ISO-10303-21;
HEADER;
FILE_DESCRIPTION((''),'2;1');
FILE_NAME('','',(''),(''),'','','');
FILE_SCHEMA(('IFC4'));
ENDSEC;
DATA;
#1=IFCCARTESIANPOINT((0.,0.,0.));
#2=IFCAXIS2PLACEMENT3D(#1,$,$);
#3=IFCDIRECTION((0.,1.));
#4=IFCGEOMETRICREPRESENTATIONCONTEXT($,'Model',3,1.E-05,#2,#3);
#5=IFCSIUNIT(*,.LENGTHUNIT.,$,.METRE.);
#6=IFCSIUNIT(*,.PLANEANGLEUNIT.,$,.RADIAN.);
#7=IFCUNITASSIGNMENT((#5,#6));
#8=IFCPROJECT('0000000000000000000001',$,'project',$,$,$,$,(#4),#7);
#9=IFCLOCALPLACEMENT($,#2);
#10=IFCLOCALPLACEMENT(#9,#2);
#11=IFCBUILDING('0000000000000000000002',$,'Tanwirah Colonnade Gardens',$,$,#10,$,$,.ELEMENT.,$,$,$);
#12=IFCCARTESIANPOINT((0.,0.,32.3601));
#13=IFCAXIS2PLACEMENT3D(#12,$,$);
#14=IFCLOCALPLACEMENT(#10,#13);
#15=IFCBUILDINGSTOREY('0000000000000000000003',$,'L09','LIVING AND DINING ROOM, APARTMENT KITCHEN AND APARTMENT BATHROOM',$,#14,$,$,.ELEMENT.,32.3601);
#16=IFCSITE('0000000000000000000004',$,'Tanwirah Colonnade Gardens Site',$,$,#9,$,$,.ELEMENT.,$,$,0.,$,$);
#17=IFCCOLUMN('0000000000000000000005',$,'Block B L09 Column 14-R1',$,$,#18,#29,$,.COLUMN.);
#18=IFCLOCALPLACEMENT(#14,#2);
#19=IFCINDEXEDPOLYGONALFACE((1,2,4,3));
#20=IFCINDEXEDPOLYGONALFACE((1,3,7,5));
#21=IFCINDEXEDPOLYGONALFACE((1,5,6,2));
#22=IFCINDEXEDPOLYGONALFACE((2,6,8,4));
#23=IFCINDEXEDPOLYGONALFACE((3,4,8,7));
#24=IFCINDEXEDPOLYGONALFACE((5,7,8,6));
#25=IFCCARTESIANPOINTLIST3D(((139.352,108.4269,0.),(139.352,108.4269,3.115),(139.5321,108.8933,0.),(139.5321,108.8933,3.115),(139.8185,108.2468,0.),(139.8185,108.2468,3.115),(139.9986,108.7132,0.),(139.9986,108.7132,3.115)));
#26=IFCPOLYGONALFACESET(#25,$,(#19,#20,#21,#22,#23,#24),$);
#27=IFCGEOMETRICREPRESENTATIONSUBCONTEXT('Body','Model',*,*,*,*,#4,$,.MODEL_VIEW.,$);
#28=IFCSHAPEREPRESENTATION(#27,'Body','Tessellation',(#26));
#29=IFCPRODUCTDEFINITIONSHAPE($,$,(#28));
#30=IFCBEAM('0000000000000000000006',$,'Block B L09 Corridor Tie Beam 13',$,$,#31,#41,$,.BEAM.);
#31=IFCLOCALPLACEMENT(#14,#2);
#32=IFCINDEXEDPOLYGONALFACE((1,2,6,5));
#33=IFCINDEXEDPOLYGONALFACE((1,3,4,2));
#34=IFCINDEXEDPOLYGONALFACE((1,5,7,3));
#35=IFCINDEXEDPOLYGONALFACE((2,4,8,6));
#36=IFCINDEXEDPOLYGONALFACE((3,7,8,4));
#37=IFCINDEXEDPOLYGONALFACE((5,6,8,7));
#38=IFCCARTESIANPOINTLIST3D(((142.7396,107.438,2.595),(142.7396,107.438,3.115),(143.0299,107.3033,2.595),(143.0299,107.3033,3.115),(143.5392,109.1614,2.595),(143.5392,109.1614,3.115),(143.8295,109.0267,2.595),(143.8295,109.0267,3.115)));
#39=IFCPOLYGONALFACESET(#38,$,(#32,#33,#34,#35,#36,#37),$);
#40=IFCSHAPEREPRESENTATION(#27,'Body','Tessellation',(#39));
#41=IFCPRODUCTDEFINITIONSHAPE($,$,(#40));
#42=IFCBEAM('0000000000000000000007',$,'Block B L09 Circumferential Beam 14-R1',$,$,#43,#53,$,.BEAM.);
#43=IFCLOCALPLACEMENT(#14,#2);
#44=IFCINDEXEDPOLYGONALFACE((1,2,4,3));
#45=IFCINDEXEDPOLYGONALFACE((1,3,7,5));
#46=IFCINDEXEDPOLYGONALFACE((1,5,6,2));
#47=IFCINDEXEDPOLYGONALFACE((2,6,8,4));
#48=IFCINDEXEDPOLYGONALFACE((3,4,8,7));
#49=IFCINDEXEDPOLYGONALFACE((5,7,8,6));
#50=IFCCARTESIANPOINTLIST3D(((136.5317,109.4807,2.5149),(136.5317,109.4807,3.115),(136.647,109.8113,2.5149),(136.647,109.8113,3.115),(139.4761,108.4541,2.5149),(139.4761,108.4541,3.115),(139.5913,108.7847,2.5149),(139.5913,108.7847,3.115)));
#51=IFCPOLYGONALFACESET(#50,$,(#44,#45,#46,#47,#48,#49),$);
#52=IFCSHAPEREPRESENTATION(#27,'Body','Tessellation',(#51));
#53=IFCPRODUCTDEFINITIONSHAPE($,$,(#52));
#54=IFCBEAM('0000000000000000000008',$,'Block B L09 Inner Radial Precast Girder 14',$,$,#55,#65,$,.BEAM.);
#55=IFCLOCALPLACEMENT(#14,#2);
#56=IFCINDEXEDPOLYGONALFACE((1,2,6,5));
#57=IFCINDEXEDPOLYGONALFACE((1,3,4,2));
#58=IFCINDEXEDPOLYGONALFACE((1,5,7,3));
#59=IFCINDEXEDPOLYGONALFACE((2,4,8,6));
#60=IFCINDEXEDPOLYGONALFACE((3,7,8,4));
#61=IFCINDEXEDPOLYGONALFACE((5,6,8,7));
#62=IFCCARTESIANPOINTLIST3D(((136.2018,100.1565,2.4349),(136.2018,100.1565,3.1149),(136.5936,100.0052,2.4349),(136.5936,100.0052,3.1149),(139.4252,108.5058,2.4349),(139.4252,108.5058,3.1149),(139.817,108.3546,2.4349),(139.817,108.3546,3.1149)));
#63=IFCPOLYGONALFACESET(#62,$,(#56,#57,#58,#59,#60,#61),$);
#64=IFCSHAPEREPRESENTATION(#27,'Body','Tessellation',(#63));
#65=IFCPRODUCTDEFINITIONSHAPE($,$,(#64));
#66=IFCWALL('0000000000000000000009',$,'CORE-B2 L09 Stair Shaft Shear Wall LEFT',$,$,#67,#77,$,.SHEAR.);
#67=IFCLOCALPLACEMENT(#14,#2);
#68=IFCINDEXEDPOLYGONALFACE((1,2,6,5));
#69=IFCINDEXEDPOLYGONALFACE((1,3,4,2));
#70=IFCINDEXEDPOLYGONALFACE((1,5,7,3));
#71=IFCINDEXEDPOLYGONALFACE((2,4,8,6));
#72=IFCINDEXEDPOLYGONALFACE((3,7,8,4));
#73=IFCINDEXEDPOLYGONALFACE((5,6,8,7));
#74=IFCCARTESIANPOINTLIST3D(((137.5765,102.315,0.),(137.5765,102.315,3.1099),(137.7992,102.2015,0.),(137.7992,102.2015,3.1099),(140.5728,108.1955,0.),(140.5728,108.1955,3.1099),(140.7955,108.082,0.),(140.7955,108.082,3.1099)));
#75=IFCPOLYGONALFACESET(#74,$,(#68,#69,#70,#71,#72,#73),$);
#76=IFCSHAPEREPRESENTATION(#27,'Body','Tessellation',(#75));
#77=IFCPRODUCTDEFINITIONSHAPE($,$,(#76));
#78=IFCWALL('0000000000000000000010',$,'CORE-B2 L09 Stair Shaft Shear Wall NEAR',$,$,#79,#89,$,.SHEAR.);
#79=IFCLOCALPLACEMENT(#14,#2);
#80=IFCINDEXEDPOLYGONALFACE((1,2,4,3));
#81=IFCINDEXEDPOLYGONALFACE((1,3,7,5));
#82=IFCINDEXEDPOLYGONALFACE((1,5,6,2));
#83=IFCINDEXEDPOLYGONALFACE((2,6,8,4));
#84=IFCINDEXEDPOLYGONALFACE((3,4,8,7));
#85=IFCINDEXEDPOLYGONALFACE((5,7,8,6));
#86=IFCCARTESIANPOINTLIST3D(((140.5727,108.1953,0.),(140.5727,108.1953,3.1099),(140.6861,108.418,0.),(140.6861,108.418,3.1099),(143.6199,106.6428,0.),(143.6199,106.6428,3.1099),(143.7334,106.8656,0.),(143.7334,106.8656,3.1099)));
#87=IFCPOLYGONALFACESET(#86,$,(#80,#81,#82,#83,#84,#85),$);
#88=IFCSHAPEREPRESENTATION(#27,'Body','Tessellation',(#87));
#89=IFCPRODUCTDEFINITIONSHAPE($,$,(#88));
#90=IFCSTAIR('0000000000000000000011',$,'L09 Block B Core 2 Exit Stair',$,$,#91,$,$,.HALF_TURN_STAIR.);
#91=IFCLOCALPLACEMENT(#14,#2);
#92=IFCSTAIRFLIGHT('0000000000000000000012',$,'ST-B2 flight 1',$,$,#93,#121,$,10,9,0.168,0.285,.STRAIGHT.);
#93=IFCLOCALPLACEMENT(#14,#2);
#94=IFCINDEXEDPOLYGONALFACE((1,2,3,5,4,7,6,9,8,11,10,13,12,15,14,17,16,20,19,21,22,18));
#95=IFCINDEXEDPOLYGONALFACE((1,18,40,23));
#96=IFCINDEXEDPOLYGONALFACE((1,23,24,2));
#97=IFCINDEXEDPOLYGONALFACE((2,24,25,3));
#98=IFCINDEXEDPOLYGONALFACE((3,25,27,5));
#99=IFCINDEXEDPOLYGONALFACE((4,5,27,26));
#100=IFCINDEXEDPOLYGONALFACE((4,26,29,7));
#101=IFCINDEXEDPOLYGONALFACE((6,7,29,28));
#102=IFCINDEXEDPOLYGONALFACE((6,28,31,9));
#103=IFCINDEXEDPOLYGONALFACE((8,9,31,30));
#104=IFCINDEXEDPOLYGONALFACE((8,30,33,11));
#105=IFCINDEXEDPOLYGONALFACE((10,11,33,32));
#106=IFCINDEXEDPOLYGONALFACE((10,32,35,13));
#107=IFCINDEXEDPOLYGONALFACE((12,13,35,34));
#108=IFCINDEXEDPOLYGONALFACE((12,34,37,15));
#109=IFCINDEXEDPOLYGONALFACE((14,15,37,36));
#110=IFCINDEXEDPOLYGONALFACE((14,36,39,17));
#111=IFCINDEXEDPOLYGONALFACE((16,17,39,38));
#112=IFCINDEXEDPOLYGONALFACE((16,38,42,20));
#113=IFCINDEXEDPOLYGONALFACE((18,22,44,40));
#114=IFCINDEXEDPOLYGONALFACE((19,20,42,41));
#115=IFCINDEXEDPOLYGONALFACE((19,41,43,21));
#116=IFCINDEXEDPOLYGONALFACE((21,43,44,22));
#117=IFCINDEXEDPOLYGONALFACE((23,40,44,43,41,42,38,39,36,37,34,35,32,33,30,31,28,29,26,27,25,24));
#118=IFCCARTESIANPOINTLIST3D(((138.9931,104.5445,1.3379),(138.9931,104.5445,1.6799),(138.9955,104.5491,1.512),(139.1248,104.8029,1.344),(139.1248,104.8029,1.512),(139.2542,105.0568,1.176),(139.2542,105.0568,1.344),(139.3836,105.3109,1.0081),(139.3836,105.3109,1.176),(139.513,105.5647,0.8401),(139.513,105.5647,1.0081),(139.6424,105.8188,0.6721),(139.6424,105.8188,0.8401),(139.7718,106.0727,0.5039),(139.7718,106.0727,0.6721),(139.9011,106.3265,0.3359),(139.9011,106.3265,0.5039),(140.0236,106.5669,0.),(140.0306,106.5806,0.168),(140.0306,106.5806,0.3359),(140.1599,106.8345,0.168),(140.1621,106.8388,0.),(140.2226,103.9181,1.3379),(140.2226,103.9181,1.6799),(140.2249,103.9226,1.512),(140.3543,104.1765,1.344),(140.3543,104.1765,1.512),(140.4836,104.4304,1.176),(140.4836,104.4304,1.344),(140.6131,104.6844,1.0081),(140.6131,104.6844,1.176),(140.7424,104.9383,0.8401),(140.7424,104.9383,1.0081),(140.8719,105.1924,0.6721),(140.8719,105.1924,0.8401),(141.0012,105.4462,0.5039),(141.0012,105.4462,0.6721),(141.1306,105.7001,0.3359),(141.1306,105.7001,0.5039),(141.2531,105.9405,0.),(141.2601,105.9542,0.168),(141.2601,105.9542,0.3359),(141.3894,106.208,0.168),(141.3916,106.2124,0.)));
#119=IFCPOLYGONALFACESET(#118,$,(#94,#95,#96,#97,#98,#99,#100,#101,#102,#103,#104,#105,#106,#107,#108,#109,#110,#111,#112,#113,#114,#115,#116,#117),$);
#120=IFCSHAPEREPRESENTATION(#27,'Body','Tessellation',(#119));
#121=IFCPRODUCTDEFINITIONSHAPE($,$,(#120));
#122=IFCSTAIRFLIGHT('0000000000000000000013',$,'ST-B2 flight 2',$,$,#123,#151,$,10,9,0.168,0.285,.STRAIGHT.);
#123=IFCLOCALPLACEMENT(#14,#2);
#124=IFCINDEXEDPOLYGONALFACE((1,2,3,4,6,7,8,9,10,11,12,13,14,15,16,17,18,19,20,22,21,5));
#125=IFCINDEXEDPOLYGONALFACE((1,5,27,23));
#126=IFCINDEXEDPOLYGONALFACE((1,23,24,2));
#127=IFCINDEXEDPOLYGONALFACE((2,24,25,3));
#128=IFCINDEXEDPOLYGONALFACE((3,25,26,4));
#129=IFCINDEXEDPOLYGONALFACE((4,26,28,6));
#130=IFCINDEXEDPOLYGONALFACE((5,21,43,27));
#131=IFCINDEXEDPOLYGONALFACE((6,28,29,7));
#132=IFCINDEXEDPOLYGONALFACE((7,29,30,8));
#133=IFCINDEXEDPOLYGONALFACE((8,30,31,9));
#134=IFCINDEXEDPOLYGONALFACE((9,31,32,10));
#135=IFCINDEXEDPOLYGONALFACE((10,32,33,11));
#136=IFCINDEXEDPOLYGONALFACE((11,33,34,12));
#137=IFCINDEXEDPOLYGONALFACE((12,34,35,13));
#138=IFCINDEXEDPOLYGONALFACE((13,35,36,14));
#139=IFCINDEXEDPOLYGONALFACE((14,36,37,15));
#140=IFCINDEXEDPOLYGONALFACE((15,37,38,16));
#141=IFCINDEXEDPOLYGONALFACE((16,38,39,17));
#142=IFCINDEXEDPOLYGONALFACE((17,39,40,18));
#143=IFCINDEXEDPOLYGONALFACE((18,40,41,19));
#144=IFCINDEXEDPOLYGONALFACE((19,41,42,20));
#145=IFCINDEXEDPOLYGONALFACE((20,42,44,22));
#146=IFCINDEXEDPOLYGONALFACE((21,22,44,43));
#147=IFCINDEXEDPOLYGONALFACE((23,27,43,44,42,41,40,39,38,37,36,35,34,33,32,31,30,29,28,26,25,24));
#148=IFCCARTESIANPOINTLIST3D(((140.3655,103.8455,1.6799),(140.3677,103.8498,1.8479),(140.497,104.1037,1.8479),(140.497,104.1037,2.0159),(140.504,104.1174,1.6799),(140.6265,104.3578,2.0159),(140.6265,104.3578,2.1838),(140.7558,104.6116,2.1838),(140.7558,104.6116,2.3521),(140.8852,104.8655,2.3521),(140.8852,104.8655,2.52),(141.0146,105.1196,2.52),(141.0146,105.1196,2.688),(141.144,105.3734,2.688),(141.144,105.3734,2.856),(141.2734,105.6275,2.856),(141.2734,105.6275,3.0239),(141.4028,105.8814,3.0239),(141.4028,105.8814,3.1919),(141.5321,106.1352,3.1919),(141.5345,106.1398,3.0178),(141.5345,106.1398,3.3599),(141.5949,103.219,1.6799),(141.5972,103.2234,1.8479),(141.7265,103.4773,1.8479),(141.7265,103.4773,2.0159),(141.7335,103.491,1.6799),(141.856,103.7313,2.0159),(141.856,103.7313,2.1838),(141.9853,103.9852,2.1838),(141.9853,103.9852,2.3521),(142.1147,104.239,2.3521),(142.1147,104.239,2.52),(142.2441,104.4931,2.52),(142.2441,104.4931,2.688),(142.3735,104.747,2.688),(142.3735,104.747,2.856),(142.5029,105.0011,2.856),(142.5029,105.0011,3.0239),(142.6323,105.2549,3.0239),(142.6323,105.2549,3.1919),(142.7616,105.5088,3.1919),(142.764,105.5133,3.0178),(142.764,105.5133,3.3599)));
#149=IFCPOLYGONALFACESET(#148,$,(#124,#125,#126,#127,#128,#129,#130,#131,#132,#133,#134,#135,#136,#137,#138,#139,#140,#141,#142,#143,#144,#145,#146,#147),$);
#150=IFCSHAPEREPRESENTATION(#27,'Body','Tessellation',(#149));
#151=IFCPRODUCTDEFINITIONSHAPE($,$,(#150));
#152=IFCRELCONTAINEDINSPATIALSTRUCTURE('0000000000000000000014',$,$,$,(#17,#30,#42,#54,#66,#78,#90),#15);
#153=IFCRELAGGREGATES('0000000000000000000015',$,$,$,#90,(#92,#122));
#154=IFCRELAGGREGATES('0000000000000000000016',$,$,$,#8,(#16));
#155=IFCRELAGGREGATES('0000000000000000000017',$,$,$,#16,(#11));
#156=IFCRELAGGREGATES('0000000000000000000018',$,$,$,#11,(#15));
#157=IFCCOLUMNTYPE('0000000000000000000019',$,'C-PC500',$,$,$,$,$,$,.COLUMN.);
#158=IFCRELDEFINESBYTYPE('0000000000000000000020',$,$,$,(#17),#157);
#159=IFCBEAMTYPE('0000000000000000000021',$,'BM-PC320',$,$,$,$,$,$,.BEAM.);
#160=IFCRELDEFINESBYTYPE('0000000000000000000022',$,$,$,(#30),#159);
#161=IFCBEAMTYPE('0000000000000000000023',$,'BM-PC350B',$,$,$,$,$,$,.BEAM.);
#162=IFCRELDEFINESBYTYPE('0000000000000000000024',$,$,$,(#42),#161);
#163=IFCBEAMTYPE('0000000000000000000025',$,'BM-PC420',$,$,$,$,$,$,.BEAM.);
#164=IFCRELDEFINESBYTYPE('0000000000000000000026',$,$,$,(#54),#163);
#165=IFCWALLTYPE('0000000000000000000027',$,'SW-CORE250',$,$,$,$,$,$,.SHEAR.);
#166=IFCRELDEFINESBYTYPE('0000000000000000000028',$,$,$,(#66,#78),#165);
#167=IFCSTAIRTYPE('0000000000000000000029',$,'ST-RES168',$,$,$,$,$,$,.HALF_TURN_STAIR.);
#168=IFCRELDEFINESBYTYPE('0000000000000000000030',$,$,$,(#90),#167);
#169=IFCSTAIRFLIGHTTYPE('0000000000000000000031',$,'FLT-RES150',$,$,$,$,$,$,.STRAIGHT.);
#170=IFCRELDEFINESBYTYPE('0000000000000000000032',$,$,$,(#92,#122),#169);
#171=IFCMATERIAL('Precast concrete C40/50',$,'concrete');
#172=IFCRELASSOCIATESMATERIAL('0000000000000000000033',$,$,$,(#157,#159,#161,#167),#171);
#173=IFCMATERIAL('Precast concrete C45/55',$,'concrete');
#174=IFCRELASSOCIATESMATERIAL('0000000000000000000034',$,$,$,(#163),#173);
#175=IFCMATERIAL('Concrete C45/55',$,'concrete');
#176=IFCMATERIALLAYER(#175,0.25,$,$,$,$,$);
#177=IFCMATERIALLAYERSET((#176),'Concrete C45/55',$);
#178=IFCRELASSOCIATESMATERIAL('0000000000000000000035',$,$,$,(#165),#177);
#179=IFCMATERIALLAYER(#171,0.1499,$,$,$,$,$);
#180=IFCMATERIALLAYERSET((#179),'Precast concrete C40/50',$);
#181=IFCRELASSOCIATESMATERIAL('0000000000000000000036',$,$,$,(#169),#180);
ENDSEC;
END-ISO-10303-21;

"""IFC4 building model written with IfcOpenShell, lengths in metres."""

from ifc_helpers import new_model, si_unit, direction, frame, frame_2d, origin, origin_2d, place, context, subcontext, project, spatial, polyline, rectangle, outline, extrude, material, layer, layer_set, material_profile, profile_set, type_object, element, aggregate, save


model = new_model("IFC4")

# Units and contexts
model_context = context("Model", 3, precision=1e-05, world=origin(), true_north=direction((0.0, 1.0)))
body_context = subcontext(model_context, "Body", "Model", "MODEL_VIEW")
ifc_project = project(units=[si_unit("LENGTHUNIT", "METRE"), si_unit("PLANEANGLEUNIT", "RADIAN")], contexts=[model_context])

# Site, building, storey
site_placement = place(None, origin())
site = spatial("IfcSite", under=ifc_project, at=site_placement, Name="Tanwirah Colonnade Gardens Site", CompositionType="ELEMENT", RefElevation=0.0)
building_placement = place(site_placement, origin())
building = spatial("IfcBuilding", under=site, at=building_placement, Name="Tanwirah Colonnade Gardens", CompositionType="ELEMENT")
storey_placement = place(building_placement, frame((0.0, 0.0, 32.3601)))
storey = spatial("IfcBuildingStorey", under=building, at=storey_placement, Name="L09", Description="LIVING AND DINING ROOM, APARTMENT KITCHEN AND APARTMENT BATHROOM", CompositionType="ELEMENT", Elevation=32.3601)

# Column
ifc_material_1 = material(Name="Precast concrete C40/50", Category="concrete")
ifc_material_profile_1 = material_profile(ifc_material_1, rectangle(XDim=0.5, YDim=0.5, at=origin_2d()), Name="PC-COL 500x500")
ifc_profile_set_1 = profile_set([ifc_material_profile_1], Name="Precast concrete C40/50")
column_type = type_object("IfcColumnType", Name="C-PC500", PredefinedType="COLUMN", material=ifc_profile_set_1)
column_placement = place(storey_placement, frame((139.6753, 108.5701, 0.0), z_axis=(0.0, 0.0, 1.0), x_axis=(0.360178, 0.932884, 0.0)))
element("IfcColumn", 1, at=column_placement, inside=storey, type_object=column_type, Name="Block B L09 Column 14-R1", PredefinedType="COLUMN", context=body_context, shape_type="SweptSolid", body=[
    extrude(rectangle(XDim=0.5, YDim=0.5, at=origin_2d()), origin(), (0.0, 0.0, 1.0), 3.115),
])

# Beams
ifc_material_profile_2 = material_profile(ifc_material_1, rectangle(XDim=0.3201, YDim=0.52, at=origin_2d()), Name="PC-BM 320x520")
ifc_profile_set_2 = profile_set([ifc_material_profile_2], Name="Precast concrete C40/50")
beam_type_1 = type_object("IfcBeamType", Name="BM-PC320", PredefinedType="BEAM", material=ifc_profile_set_2)
beam_1_placement = place(storey_placement, frame((142.8848, 107.3706, 2.855), z_axis=(0.420858, 0.907126, 0.0), x_axis=(-0.907126, 0.420858, 0.0)))
element("IfcBeam", 2, at=beam_1_placement, inside=storey, type_object=beam_type_1, Name="Block B L09 Corridor Tie Beam 13", PredefinedType="BEAM", context=body_context, shape_type="SweptSolid", body=[
    extrude(rectangle(XDim=0.3201, YDim=0.52, at=origin_2d()), origin(), (0.0, 0.0, 1.0), 1.8999),
])
ifc_material_profile_3 = material_profile(ifc_material_1, rectangle(XDim=0.3501, YDim=0.6001, at=origin_2d()), Name="PC-BM 350x600")
ifc_profile_set_3 = profile_set([ifc_material_profile_3], Name="Precast concrete C40/50")
beam_type_2 = type_object("IfcBeamType", Name="BM-PC350B", PredefinedType="BEAM", material=ifc_profile_set_3)
beam_2_placement = place(storey_placement, frame((139.5337, 108.6194, 2.8149), z_axis=(-0.944248, 0.329234, 0.0), x_axis=(-0.329234, -0.944248, 0.0)))
element("IfcBeam", 3, at=beam_2_placement, inside=storey, type_object=beam_type_2, Name="Block B L09 Circumferential Beam 14-R1", PredefinedType="BEAM", context=body_context, shape_type="SweptSolid", body=[
    extrude(rectangle(XDim=0.3501, YDim=0.6001, at=origin_2d()), origin(), (0.0, 0.0, 1.0), 3.1182),
])
ifc_material_2 = material(Name="Precast concrete C45/55", Category="concrete")
ifc_material_profile_4 = material_profile(ifc_material_2, rectangle(XDim=0.4199, YDim=0.6799, at=origin_2d()), Name="PC-BM 420x680")
ifc_profile_set_4 = profile_set([ifc_material_profile_4], Name="Precast concrete C45/55")
beam_type_3 = type_object("IfcBeamType", Name="BM-PC420", PredefinedType="BEAM", material=ifc_profile_set_4)
beam_3_placement = place(storey_placement, frame((139.6211, 108.4302, 2.7749), z_axis=(-0.360156, -0.932892, 0.0), x_axis=(0.932892, -0.360156, 0.0)))
element("IfcBeam", 4, at=beam_3_placement, inside=storey, type_object=beam_type_3, Name="Block B L09 Inner Radial Precast Girder 14", PredefinedType="BEAM", context=body_context, shape_type="SweptSolid", body=[
    extrude(rectangle(XDim=0.4199, YDim=0.6799, at=origin_2d()), origin(), (0.0, 0.0, 1.0), 8.95),
])

# Walls
ifc_material_3 = material(Name="Concrete C45/55", Category="concrete")
ifc_layer_1 = layer(ifc_material_3, 0.25)
ifc_layer_set_1 = layer_set([ifc_layer_1], Name="Concrete C45/55")
wall_type = type_object("IfcWallType", Name="SW-CORE250", PredefinedType="SHEAR", material=ifc_layer_set_1)
wall_1_placement = place(storey_placement, frame((140.6841, 108.1387, 0.0), z_axis=(0.0, 0.0, 1.0), x_axis=(-0.453992, -0.891006, 0.0)))
element("IfcWall", 5, at=wall_1_placement, inside=storey, type_object=wall_type, Name="CORE-B2 L09 Stair Shaft Shear Wall LEFT", PredefinedType="SHEAR", context=body_context, shape_type="SweptSolid", body=[
    extrude(rectangle(XDim=6.5999, YDim=0.25, at=frame_2d((3.2998, 0.0))), origin(), (0.0, 0.0, 1.0), 3.1099),
])
wall_2_placement = place(storey_placement, frame((140.6294, 108.3066, 0.0), z_axis=(0.0, 0.0, 1.0), x_axis=(0.891032, -0.45394, 0.0)))
element("IfcWall", 6, at=wall_2_placement, inside=storey, type_object=wall_type, Name="CORE-B2 L09 Stair Shaft Shear Wall NEAR", PredefinedType="SHEAR", context=body_context, shape_type="SweptSolid", body=[
    extrude(rectangle(XDim=3.4199, YDim=0.25, at=frame_2d((1.71, 0.0))), origin(), (0.0, 0.0, 1.0), 3.1099),
])

# Stair, stair flights
stair_type = type_object("IfcStairType", Name="ST-RES168", PredefinedType="HALF_TURN_STAIR", material=ifc_material_1)
stair_placement = place(storey_placement, origin())
stair = element("IfcStair", 7, at=stair_placement, inside=storey, type_object=stair_type, Name="L09 Block B Core 2 Exit Stair", PredefinedType="HALF_TURN_STAIR")
ifc_layer_2 = layer(ifc_material_1, 0.1499)
ifc_layer_set_2 = layer_set([ifc_layer_2], Name="Precast concrete C40/50")
stair_flight_type = type_object("IfcStairFlightType", Name="FLT-RES150", PredefinedType="STRAIGHT", material=ifc_layer_set_2)
stair_flight_1_placement = place(storey_placement, frame((140.7747, 106.5212, 0.0), z_axis=(0.0, 0.0, 1.0), x_axis=(-0.45399, -0.891007, 0.0)))
stair_flight_1 = element("IfcStairFlight", 8, at=stair_flight_1_placement, type_object=stair_flight_type, Name="ST-B2 flight 1", NumberOfRisers=10, NumberOfTreads=9, PredefinedType="STRAIGHT", RiserHeight=0.168, TreadLength=0.285, context=body_context, shape_type="SweptSolid", body=[
    extrude(outline(polyline([(-0.0049, 0.0), (0.0, 0.168), (0.2849, 0.168), (0.2849, 0.3359), (0.5701, 0.3359), (0.5701, 0.5039), (0.855, 0.5039), (0.855, 0.6721), (1.1399, 0.6721), (1.1399, 0.8401), (1.425, 0.8401), (1.425, 1.0081), (1.71, 1.0081), (1.71, 1.176), (1.9951, 1.176), (1.9951, 1.344), (2.28, 1.344), (2.28, 1.512), (2.5649, 1.512), (2.5701, 1.6799), (2.5701, 1.3379), (0.3003, 0.0), (-0.0049, 0.0)])), frame((0.0, 0.6899, 0.0), z_axis=(0.0, -1.0, 0.0), x_axis=(1.0, 0.0, 0.0)), (0.0, 0.0, 1.0), 1.3799),
])
stair_flight_2_placement = place(storey_placement, frame((140.9824, 103.5366, 1.6799), z_axis=(0.0, 0.0, 1.0), x_axis=(0.45399, 0.891007, 0.0)))
stair_flight_2 = element("IfcStairFlight", 9, at=stair_flight_2_placement, type_object=stair_flight_type, Name="ST-B2 flight 2", NumberOfRisers=10, NumberOfTreads=9, PredefinedType="STRAIGHT", RiserHeight=0.168, TreadLength=0.285, context=body_context, shape_type="SweptSolid", body=[
    extrude(outline(polyline([(-0.0049, 0.0), (0.0, 0.168), (0.2849, 0.168), (0.2849, 0.3359), (0.5701, 0.3359), (0.5701, 0.5039), (0.855, 0.5039), (0.855, 0.6721), (1.1399, 0.6721), (1.1399, 0.8401), (1.425, 0.8401), (1.425, 1.0081), (1.71, 1.0081), (1.71, 1.176), (1.9951, 1.176), (1.9951, 1.344), (2.28, 1.344), (2.28, 1.512), (2.5649, 1.512), (2.5701, 1.6799), (2.5701, 1.3379), (0.3003, 0.0), (-0.0049, 0.0)])), frame((0.0, 0.6899, 0.0), z_axis=(0.0, -1.0, 0.0), x_axis=(1.0, 0.0, 0.0)), (0.0, 0.0, 1.0), 1.3799),
])
aggregate(stair, [stair_flight_1, stair_flight_2])

save(model, "model.ifc")
